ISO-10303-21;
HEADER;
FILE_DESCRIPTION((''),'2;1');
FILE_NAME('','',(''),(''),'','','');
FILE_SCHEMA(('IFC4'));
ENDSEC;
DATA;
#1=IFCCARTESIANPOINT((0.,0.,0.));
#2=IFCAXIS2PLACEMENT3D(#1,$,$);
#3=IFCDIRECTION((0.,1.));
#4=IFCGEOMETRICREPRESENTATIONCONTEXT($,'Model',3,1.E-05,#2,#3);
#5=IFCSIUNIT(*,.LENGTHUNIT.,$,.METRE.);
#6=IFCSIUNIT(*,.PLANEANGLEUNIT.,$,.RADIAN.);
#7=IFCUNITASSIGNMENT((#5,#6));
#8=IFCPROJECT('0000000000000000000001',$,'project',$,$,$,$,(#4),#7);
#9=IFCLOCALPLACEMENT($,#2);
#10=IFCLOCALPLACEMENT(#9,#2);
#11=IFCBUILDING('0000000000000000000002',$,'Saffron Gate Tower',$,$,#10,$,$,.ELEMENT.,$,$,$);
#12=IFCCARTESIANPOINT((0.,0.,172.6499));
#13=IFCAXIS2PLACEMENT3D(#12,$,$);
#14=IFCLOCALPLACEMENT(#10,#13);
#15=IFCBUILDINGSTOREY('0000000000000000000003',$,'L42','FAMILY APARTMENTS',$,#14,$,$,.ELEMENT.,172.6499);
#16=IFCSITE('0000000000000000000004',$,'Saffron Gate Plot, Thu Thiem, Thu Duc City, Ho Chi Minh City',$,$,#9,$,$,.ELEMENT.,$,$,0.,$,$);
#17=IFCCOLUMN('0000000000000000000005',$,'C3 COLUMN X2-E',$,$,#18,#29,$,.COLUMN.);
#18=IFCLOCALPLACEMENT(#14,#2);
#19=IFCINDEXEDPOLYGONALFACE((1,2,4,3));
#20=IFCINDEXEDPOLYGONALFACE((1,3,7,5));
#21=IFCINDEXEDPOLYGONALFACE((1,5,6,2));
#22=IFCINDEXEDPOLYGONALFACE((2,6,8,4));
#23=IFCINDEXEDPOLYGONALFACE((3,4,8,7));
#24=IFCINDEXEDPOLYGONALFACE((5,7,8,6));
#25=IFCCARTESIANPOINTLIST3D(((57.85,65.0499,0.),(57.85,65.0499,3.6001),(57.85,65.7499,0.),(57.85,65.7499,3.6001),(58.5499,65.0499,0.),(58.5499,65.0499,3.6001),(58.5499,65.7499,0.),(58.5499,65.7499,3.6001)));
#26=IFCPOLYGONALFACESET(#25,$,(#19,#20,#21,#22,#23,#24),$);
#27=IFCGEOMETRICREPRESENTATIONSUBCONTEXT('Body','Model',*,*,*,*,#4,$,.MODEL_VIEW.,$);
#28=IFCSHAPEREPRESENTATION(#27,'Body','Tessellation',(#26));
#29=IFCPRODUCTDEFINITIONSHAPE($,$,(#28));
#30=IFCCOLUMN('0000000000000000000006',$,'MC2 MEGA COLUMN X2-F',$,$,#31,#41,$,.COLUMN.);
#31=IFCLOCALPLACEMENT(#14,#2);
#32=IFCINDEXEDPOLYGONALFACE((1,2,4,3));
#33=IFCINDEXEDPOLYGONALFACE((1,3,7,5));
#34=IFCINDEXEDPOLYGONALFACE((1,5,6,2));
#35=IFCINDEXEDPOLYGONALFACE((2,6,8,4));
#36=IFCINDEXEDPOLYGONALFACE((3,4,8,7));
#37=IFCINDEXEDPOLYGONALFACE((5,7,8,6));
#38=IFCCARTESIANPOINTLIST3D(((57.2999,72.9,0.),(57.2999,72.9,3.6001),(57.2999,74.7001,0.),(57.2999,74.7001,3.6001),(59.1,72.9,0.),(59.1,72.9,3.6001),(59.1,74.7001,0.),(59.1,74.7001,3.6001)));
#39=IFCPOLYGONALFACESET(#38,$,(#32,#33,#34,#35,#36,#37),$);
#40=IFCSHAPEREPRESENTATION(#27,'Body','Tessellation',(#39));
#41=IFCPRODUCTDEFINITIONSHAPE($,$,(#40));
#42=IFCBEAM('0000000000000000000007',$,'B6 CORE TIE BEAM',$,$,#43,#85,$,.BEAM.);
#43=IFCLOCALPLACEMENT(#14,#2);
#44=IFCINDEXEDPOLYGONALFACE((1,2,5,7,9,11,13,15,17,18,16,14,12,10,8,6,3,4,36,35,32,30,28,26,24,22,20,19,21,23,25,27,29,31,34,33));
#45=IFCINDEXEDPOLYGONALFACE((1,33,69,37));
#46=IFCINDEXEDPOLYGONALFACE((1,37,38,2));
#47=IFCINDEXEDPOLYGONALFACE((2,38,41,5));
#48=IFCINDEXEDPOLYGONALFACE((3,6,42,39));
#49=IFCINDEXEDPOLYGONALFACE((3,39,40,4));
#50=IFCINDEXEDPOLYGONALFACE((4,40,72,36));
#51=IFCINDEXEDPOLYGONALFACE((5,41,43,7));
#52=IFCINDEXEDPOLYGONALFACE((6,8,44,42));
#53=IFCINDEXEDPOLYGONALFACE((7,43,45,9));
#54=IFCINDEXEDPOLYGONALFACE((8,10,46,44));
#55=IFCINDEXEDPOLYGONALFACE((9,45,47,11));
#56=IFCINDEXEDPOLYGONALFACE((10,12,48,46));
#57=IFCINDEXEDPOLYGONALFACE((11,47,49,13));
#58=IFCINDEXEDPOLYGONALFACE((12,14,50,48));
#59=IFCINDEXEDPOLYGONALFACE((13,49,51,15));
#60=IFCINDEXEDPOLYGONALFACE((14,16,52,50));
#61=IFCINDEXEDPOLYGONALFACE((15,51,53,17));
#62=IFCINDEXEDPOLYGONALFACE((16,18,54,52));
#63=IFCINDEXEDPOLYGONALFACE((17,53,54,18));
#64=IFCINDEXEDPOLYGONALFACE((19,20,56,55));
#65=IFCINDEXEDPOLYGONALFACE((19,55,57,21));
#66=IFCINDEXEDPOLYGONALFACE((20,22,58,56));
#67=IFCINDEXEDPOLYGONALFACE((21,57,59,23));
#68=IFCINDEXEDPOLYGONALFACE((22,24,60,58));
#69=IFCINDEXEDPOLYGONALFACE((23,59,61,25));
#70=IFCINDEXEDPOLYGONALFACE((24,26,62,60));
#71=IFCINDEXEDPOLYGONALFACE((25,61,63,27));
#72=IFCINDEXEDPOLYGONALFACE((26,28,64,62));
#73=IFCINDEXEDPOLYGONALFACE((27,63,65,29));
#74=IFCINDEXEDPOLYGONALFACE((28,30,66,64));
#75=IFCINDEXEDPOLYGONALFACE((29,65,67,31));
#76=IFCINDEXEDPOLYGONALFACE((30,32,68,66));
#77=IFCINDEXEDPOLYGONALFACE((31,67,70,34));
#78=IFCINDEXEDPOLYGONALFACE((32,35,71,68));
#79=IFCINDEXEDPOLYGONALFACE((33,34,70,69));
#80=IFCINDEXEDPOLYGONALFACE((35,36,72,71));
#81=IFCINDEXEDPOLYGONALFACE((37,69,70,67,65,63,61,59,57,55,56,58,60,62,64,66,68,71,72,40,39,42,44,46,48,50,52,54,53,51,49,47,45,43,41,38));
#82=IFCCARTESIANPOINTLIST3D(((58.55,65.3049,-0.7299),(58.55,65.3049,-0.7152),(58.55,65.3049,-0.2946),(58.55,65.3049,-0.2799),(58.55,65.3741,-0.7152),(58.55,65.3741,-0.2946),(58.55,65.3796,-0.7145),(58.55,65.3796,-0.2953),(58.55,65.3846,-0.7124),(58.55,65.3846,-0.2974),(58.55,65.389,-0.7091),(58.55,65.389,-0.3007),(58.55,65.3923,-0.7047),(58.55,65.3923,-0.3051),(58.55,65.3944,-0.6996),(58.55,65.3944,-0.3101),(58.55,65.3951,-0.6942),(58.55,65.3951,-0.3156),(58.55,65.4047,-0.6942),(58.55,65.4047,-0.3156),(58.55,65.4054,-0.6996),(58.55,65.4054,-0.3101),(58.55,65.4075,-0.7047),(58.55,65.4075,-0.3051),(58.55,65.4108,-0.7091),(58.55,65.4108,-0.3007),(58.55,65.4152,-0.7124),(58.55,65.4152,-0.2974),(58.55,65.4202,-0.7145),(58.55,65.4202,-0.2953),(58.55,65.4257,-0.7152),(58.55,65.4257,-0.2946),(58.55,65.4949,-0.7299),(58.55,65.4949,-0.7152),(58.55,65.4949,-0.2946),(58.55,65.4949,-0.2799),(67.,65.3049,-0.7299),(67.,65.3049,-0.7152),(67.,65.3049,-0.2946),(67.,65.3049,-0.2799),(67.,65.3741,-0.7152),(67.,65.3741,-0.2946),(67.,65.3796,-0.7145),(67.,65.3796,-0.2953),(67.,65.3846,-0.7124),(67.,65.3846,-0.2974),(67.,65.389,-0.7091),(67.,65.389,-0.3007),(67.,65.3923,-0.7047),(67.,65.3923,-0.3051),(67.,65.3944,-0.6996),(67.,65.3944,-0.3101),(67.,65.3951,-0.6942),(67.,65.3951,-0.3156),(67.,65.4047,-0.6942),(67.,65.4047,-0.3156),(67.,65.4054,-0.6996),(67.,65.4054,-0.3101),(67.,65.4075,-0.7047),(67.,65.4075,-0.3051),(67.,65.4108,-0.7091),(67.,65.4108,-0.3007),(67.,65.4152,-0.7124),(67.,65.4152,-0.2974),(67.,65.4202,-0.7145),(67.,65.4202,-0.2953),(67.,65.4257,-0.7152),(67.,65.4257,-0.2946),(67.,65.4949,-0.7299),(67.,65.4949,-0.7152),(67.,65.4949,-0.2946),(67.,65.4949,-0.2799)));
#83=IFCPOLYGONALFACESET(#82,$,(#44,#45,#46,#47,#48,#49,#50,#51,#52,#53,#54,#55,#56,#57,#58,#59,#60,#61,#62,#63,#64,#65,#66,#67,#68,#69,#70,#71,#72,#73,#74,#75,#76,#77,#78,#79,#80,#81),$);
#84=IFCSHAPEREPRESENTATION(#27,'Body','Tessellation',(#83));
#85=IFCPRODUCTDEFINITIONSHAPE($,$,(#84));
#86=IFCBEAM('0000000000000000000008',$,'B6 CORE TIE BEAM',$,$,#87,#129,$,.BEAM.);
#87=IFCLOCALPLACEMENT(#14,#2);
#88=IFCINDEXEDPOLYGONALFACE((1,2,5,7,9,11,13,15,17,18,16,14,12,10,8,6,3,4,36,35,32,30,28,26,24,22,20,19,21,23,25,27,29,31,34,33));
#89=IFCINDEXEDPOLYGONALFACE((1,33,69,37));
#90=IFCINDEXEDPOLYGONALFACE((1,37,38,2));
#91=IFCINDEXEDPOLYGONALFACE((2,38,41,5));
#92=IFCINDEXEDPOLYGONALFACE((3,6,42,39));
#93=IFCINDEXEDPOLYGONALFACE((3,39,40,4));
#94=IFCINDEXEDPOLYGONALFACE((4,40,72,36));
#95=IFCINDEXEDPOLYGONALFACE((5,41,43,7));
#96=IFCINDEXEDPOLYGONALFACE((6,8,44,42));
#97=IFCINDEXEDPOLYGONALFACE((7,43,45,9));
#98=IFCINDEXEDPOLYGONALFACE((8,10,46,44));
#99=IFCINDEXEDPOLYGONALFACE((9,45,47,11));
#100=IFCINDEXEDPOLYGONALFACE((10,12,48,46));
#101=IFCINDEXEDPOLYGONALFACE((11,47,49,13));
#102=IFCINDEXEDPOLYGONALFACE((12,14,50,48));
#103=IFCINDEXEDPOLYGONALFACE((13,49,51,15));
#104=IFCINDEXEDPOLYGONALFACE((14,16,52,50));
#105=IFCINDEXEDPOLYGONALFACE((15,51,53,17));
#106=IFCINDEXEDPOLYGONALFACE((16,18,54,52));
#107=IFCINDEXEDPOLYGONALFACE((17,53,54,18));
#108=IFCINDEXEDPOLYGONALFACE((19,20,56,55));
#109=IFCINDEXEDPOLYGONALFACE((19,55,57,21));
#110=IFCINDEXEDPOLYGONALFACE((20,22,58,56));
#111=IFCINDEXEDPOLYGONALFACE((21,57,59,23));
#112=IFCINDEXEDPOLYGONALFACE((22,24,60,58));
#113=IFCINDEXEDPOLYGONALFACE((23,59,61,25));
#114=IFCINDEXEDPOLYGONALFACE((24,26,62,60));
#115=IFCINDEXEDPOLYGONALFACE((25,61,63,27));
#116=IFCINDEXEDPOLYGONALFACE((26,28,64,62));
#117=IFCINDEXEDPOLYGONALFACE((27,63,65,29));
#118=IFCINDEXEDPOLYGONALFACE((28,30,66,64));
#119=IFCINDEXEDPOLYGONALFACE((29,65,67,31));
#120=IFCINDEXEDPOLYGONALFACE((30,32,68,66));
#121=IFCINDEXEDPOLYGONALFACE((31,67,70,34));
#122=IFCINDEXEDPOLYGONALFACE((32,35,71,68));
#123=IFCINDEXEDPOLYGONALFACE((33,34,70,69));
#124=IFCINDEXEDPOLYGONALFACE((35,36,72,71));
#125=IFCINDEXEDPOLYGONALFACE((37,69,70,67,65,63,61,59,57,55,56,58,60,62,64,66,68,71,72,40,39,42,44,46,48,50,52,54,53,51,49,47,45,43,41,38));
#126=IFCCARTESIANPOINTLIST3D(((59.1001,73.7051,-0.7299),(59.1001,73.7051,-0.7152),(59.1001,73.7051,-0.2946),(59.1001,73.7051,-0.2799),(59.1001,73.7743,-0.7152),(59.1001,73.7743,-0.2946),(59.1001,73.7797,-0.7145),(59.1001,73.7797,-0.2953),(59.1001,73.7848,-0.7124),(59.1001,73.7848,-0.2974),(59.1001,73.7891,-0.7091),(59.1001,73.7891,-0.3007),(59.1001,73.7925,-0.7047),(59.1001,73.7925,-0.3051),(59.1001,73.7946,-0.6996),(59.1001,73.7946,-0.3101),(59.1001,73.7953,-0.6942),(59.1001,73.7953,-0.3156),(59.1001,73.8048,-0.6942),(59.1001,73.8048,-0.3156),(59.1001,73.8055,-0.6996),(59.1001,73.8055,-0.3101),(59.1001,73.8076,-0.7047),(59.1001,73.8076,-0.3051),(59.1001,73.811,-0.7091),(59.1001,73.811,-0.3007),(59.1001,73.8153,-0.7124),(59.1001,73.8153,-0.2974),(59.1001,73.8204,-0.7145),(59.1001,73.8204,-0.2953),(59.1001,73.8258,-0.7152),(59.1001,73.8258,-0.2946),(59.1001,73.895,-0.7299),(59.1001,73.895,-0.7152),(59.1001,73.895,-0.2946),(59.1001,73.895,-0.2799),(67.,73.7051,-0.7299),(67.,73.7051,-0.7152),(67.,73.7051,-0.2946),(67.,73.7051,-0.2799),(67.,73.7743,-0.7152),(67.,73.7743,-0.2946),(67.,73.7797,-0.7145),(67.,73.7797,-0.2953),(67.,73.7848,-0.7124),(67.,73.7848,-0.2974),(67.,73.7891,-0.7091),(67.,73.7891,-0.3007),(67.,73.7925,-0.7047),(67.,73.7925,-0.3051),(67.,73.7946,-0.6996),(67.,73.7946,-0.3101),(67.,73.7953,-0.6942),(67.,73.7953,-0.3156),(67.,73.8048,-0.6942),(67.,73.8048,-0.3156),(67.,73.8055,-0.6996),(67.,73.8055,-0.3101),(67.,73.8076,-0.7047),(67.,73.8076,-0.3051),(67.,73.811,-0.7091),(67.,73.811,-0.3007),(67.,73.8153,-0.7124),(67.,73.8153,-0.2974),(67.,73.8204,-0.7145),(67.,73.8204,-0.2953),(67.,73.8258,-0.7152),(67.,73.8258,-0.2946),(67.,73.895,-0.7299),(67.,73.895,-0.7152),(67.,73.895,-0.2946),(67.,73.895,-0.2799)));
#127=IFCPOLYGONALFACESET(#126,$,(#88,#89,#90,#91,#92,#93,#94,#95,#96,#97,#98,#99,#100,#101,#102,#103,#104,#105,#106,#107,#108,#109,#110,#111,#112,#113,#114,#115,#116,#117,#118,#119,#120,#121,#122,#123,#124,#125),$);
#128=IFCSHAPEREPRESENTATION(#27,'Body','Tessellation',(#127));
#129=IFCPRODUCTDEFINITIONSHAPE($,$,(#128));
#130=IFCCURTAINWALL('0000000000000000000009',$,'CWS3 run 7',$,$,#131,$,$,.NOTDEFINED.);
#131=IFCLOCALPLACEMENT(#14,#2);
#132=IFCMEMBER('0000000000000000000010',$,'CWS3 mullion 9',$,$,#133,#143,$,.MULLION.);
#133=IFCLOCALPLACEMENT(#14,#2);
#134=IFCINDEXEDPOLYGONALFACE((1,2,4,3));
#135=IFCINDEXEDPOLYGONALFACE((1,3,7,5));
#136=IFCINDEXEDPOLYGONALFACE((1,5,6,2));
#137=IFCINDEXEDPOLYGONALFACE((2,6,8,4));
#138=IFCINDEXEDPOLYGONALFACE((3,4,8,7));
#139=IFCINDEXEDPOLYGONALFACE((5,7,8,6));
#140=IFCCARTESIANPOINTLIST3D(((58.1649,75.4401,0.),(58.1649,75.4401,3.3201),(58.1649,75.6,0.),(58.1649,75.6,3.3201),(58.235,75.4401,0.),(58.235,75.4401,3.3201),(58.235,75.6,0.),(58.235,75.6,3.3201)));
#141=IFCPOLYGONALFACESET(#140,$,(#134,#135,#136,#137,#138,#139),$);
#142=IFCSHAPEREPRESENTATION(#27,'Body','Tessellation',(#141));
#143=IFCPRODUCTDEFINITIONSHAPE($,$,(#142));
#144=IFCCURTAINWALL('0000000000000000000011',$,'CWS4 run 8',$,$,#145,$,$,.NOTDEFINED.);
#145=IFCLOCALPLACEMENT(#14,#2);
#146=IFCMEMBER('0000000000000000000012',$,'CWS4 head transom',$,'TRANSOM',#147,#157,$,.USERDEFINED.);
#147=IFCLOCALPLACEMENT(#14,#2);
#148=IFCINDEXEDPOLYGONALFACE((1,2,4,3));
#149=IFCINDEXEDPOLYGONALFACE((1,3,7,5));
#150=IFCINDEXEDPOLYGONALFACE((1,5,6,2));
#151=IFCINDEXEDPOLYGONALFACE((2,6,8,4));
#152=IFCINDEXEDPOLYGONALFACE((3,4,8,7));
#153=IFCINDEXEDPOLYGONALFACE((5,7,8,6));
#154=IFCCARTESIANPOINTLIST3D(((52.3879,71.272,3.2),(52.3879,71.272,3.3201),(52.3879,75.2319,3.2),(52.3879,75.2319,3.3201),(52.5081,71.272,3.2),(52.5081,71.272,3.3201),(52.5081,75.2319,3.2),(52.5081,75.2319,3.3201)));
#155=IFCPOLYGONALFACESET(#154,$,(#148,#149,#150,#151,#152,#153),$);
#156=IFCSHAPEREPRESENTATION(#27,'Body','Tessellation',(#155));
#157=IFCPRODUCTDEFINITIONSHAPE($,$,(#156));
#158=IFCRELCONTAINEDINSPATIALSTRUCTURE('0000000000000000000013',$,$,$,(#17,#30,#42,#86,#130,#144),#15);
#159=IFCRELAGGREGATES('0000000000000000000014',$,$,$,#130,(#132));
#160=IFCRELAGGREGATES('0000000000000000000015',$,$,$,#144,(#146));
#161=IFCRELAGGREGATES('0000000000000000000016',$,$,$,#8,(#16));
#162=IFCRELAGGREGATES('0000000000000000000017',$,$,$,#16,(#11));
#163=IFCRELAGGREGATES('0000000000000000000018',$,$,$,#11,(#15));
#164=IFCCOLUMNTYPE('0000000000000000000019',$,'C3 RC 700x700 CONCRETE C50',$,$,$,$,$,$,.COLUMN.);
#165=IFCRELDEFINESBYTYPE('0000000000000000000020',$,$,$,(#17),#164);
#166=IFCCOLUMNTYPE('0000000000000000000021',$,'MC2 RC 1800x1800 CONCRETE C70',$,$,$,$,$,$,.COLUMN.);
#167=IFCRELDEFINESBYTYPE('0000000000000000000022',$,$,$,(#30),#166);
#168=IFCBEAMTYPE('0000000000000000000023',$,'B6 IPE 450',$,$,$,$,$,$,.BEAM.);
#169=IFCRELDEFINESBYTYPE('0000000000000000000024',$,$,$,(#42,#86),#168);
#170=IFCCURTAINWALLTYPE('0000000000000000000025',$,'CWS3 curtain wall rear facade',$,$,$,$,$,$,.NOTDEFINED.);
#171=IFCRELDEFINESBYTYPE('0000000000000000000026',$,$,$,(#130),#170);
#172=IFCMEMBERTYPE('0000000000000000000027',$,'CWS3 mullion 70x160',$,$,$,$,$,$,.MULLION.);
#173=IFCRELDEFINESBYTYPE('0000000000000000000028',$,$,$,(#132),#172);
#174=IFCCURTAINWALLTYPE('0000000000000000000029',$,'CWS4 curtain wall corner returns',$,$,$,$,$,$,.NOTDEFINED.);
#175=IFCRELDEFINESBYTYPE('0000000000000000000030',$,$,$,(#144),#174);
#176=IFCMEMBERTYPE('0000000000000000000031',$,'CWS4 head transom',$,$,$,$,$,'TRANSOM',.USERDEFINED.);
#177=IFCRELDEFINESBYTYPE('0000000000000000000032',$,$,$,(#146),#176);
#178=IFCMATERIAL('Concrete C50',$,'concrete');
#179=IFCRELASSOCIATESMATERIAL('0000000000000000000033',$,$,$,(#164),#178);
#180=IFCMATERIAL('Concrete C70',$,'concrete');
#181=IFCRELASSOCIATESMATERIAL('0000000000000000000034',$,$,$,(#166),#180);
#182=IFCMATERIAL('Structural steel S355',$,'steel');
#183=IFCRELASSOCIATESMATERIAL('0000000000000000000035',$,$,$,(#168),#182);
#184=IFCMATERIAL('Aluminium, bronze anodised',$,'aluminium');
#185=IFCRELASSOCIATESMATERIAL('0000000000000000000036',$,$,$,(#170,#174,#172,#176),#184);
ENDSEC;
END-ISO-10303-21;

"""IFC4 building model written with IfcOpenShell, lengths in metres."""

from ifc_helpers import new_model, si_unit, direction, frame, origin, origin_2d, place, context, subcontext, project, spatial, rectangle, i_section, extrude, material, material_profile, profile_set, type_object, element, aggregate, save


model = new_model("IFC4")

# Units and contexts
model_context = context("Model", 3, precision=1e-05, world=origin(), true_north=direction((0.0, 1.0)))
body_context = subcontext(model_context, "Body", "Model", "MODEL_VIEW")
ifc_project = project(units=[si_unit("LENGTHUNIT", "METRE"), si_unit("PLANEANGLEUNIT", "RADIAN")], contexts=[model_context])

# Site, building, storey
site_placement = place(None, origin())
site = spatial("IfcSite", under=ifc_project, at=site_placement, Name="Saffron Gate Plot, Thu Thiem, Thu Duc City, Ho Chi Minh City", CompositionType="ELEMENT", RefElevation=0.0)
building_placement = place(site_placement, origin())
building = spatial("IfcBuilding", under=site, at=building_placement, Name="Saffron Gate Tower", CompositionType="ELEMENT")
storey_placement = place(building_placement, frame((0.0, 0.0, 172.6499)))
storey = spatial("IfcBuildingStorey", under=building, at=storey_placement, Name="L42", Description="FAMILY APARTMENTS", CompositionType="ELEMENT", Elevation=172.6499)

# Columns
ifc_material_1 = material(Name="Concrete C50", Category="concrete")
ifc_material_profile_1 = material_profile(ifc_material_1, rectangle(XDim=0.7, YDim=0.7, at=origin_2d()))
ifc_profile_set_1 = profile_set([ifc_material_profile_1], Name="Concrete C50")
column_type_1 = type_object("IfcColumnType", Name="C3 RC 700x700 CONCRETE C50", PredefinedType="COLUMN", material=ifc_profile_set_1)
column_1_placement = place(storey_placement, frame((58.2, 65.3999, 0.0), z_axis=(0.0, 0.0, 1.0), x_axis=(1.0, 0.0, 0.0)))
element("IfcColumn", 1, at=column_1_placement, inside=storey, type_object=column_type_1, Name="C3 COLUMN X2-E", PredefinedType="COLUMN", context=body_context, shape_type="SweptSolid", body=[
    extrude(rectangle(XDim=0.7, YDim=0.7, at=origin_2d()), origin(), (0.0, 0.0, 1.0), 3.6001),
])
ifc_material_2 = material(Name="Concrete C70", Category="concrete")
ifc_material_profile_2 = material_profile(ifc_material_2, rectangle(XDim=1.8, YDim=1.8, at=origin_2d()))
ifc_profile_set_2 = profile_set([ifc_material_profile_2], Name="Concrete C70")
column_type_2 = type_object("IfcColumnType", Name="MC2 RC 1800x1800 CONCRETE C70", PredefinedType="COLUMN", material=ifc_profile_set_2)
column_2_placement = place(storey_placement, frame((58.2, 73.8, 0.0), z_axis=(0.0, 0.0, 1.0), x_axis=(1.0, 0.0, 0.0)))
element("IfcColumn", 2, at=column_2_placement, inside=storey, type_object=column_type_2, Name="MC2 MEGA COLUMN X2-F", PredefinedType="COLUMN", context=body_context, shape_type="SweptSolid", body=[
    extrude(rectangle(XDim=1.8, YDim=1.8, at=origin_2d()), origin(), (0.0, 0.0, 1.0), 3.6001),
])

# Beams
ifc_material_3 = material(Name="Structural steel S355", Category="steel")
ifc_material_profile_3 = material_profile(ifc_material_3, i_section(OverallWidth=0.1899, OverallDepth=0.45, WebThickness=0.0095, FlangeThickness=0.0146, FilletRadius=0.021, at=origin_2d()))
ifc_profile_set_3 = profile_set([ifc_material_profile_3], Name="Structural steel S355")
beam_type = type_object("IfcBeamType", Name="B6 IPE 450", PredefinedType="BEAM", material=ifc_profile_set_3)
beam_1_placement = place(storey_placement, frame((58.55, 65.3999, -0.5049), z_axis=(1.0, 0.0, 0.0), x_axis=(0.0, 1.0, 0.0)))
element("IfcBeam", 3, at=beam_1_placement, inside=storey, type_object=beam_type, Name="B6 CORE TIE BEAM", PredefinedType="BEAM", context=body_context, shape_type="SweptSolid", body=[
    extrude(i_section(OverallWidth=0.1899, OverallDepth=0.45, WebThickness=0.0095, FlangeThickness=0.0146, FilletRadius=0.021, at=origin_2d()), origin(), (0.0, 0.0, 1.0), 8.45),
])
beam_2_placement = place(storey_placement, frame((59.1001, 73.8, -0.5049), z_axis=(1.0, 0.0, 0.0), x_axis=(0.0, 1.0, 0.0)))
element("IfcBeam", 4, at=beam_2_placement, inside=storey, type_object=beam_type, Name="B6 CORE TIE BEAM", PredefinedType="BEAM", context=body_context, shape_type="SweptSolid", body=[
    extrude(i_section(OverallWidth=0.1899, OverallDepth=0.45, WebThickness=0.0095, FlangeThickness=0.0146, FilletRadius=0.021, at=origin_2d()), origin(), (0.0, 0.0, 1.0), 7.8999),
])

# Curtain walls, members
ifc_material_4 = material(Name="Aluminium, bronze anodised", Category="aluminium")
curtain_wall_type_1 = type_object("IfcCurtainWallType", Name="CWS3 curtain wall rear facade", PredefinedType="NOTDEFINED", material=ifc_material_4)
curtain_wall_1_placement = place(storey_placement, origin())
curtain_wall_1 = element("IfcCurtainWall", 5, at=curtain_wall_1_placement, inside=storey, type_object=curtain_wall_type_1, Name="CWS3 run 7", PredefinedType="NOTDEFINED")
ifc_material_profile_4 = material_profile(ifc_material_4, rectangle(XDim=0.1599, YDim=0.0701, at=origin_2d()))
ifc_profile_set_4 = profile_set([ifc_material_profile_4], Name="Aluminium, bronze anodised")
member_type_1 = type_object("IfcMemberType", Name="CWS3 mullion 70x160", PredefinedType="MULLION", material=ifc_profile_set_4)
member_1_placement = place(storey_placement, frame((58.2, 75.52, 0.0), z_axis=(0.0, 0.0, 1.0), x_axis=(0.0, -1.0, 0.0)))
member_1 = element("IfcMember", 6, at=member_1_placement, type_object=member_type_1, Name="CWS3 mullion 9", PredefinedType="MULLION", context=body_context, shape_type="SweptSolid", body=[
    extrude(rectangle(XDim=0.1599, YDim=0.0701, at=origin_2d()), origin(), (0.0, 0.0, 1.0), 3.3201),
])
aggregate(curtain_wall_1, [member_1])
curtain_wall_type_2 = type_object("IfcCurtainWallType", Name="CWS4 curtain wall corner returns", PredefinedType="NOTDEFINED", material=ifc_material_4)
curtain_wall_2_placement = place(storey_placement, origin())
curtain_wall_2 = element("IfcCurtainWall", 7, at=curtain_wall_2_placement, inside=storey, type_object=curtain_wall_type_2, Name="CWS4 run 8", PredefinedType="NOTDEFINED")
ifc_material_profile_5 = material_profile(ifc_material_4, rectangle(XDim=0.1201, YDim=0.1201, at=origin_2d()))
ifc_profile_set_5 = profile_set([ifc_material_profile_5], Name="Aluminium, bronze anodised")
member_type_2 = type_object("IfcMemberType", Name="CWS4 head transom", ElementType="TRANSOM", PredefinedType="USERDEFINED", material=ifc_profile_set_5)
member_2_placement = place(storey_placement, frame((52.448, 75.2319, 3.26), z_axis=(0.0, -1.0, 0.0), x_axis=(1.0, 0.0, 0.0)))
member_2 = element("IfcMember", 8, at=member_2_placement, type_object=member_type_2, Name="CWS4 head transom", ObjectType="TRANSOM", PredefinedType="USERDEFINED", context=body_context, shape_type="SweptSolid", body=[
    extrude(rectangle(XDim=0.1201, YDim=0.1201, at=origin_2d()), origin(), (0.0, 0.0, 1.0), 3.96),
])
aggregate(curtain_wall_2, [member_2])

save(model, "model.ifc")
